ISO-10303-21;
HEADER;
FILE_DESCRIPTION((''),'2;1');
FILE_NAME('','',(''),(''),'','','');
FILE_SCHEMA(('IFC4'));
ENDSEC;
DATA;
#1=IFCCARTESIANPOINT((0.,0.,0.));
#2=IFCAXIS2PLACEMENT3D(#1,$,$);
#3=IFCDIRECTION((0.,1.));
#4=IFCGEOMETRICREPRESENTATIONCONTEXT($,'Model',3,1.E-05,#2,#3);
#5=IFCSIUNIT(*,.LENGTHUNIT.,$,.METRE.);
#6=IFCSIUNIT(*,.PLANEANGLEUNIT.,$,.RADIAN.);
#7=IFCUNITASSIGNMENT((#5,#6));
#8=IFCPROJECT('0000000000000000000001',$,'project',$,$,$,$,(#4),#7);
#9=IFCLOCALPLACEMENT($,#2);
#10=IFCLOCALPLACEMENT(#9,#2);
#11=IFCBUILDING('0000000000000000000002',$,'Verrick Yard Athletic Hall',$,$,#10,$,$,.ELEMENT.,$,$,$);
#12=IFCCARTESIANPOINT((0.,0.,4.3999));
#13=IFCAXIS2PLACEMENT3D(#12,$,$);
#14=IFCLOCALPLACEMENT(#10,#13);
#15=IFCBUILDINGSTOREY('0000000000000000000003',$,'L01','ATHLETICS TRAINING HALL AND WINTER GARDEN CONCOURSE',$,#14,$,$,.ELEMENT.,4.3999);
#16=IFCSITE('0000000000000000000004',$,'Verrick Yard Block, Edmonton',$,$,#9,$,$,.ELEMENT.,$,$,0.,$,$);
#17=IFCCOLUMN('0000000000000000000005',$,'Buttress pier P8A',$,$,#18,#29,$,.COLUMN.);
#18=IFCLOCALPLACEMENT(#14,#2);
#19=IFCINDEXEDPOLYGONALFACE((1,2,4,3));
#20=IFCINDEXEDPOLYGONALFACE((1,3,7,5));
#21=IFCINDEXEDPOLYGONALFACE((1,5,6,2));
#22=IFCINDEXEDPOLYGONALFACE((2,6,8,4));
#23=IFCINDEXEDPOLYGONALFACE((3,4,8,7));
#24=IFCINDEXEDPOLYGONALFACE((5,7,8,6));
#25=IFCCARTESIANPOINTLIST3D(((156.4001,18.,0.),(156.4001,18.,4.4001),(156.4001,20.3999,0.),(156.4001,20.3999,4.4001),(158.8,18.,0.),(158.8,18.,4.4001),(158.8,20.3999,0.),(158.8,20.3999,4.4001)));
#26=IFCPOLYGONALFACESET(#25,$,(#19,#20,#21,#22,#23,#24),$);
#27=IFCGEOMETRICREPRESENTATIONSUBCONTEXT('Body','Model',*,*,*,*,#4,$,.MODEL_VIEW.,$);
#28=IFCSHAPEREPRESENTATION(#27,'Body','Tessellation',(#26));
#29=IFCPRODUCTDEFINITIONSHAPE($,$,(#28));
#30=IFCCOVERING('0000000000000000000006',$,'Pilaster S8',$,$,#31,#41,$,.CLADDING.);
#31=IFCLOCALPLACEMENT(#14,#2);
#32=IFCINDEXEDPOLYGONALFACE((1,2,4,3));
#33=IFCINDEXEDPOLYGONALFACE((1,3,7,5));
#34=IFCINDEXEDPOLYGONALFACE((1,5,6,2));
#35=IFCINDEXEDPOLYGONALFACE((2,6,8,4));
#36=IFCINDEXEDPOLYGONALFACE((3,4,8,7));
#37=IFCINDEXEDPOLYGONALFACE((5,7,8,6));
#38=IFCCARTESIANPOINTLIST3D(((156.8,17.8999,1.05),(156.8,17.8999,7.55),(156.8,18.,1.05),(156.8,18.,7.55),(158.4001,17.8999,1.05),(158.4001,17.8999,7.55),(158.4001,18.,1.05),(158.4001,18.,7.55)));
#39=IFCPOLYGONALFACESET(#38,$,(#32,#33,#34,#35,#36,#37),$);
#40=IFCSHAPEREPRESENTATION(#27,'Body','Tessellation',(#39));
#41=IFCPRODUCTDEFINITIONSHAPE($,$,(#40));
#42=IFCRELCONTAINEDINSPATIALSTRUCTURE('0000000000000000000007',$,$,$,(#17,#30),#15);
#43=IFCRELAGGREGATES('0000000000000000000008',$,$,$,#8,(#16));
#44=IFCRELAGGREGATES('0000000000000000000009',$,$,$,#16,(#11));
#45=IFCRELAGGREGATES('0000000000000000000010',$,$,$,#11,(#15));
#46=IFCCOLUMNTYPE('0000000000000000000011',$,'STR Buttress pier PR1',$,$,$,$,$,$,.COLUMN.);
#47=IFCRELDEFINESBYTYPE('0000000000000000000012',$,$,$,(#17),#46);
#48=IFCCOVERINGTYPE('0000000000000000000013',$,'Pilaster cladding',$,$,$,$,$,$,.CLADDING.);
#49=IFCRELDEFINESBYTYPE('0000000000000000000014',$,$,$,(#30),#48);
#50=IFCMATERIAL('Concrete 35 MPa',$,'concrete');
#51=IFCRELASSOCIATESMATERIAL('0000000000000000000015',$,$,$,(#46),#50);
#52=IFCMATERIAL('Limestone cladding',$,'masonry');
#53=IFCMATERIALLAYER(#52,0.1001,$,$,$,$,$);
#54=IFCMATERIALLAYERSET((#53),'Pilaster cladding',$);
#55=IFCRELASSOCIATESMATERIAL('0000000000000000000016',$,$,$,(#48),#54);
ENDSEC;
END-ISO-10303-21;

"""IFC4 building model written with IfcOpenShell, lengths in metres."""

from ifc_helpers import new_model, si_unit, direction, frame, origin, origin_2d, place, context, subcontext, project, spatial, rectangle, extrude, material, layer, layer_set, material_profile, profile_set, type_object, element, save


model = new_model("IFC4")

# Units and contexts
model_context = context("Model", 3, precision=1e-05, world=origin(), true_north=direction((0.0, 1.0)))
body_context = subcontext(model_context, "Body", "Model", "MODEL_VIEW")
ifc_project = project(units=[si_unit("LENGTHUNIT", "METRE"), si_unit("PLANEANGLEUNIT", "RADIAN")], contexts=[model_context])

# Site, building, storey
site_placement = place(None, origin())
site = spatial("IfcSite", under=ifc_project, at=site_placement, Name="Verrick Yard Block, Edmonton", CompositionType="ELEMENT", RefElevation=0.0)
building_placement = place(site_placement, origin())
building = spatial("IfcBuilding", under=site, at=building_placement, Name="Verrick Yard Athletic Hall", CompositionType="ELEMENT")
storey_placement = place(building_placement, frame((0.0, 0.0, 4.3999)))
storey = spatial("IfcBuildingStorey", under=building, at=storey_placement, Name="L01", Description="ATHLETICS TRAINING HALL AND WINTER GARDEN CONCOURSE", CompositionType="ELEMENT", Elevation=4.3999)

# Column
ifc_material_1 = material(Name="Concrete 35 MPa", Category="concrete")
ifc_material_profile = material_profile(ifc_material_1, rectangle(XDim=2.3999, YDim=2.3999, at=origin_2d()), Name="STR Buttress pier PR1")
ifc_profile_set = profile_set([ifc_material_profile], Name="Concrete 35 MPa")
column_type = type_object("IfcColumnType", Name="STR Buttress pier PR1", PredefinedType="COLUMN", material=ifc_profile_set)
column_placement = place(storey_placement, frame((157.6001, 19.2, 0.0), z_axis=(0.0, 0.0, 1.0), x_axis=(1.0, 0.0, 0.0)))
element("IfcColumn", 1, at=column_placement, inside=storey, type_object=column_type, Name="Buttress pier P8A", PredefinedType="COLUMN", context=body_context, shape_type="SweptSolid", body=[
    extrude(rectangle(XDim=2.3999, YDim=2.3999, at=origin_2d()), origin(), (0.0, 0.0, 1.0), 4.4001),
])

# Covering
ifc_material_2 = material(Name="Limestone cladding", Category="masonry")
ifc_layer_1 = layer(ifc_material_2, 0.1001)
ifc_layer_set_1 = layer_set([ifc_layer_1], Name="Pilaster cladding")
covering_type = type_object("IfcCoveringType", Name="Pilaster cladding", PredefinedType="CLADDING", material=ifc_layer_set_1)
covering_placement = place(storey_placement, frame((157.6001, 17.95, 1.05), z_axis=(0.0, 0.0, 1.0), x_axis=(1.0, 0.0, 0.0)))
element("IfcCovering", 2, at=covering_placement, inside=storey, type_object=covering_type, Name="Pilaster S8", PredefinedType="CLADDING", context=body_context, shape_type="SweptSolid", body=[
    extrude(rectangle(XDim=1.6001, YDim=0.1001, at=origin_2d()), origin(), (0.0, 0.0, 1.0), 6.5),
])

save(model, "model.ifc")
